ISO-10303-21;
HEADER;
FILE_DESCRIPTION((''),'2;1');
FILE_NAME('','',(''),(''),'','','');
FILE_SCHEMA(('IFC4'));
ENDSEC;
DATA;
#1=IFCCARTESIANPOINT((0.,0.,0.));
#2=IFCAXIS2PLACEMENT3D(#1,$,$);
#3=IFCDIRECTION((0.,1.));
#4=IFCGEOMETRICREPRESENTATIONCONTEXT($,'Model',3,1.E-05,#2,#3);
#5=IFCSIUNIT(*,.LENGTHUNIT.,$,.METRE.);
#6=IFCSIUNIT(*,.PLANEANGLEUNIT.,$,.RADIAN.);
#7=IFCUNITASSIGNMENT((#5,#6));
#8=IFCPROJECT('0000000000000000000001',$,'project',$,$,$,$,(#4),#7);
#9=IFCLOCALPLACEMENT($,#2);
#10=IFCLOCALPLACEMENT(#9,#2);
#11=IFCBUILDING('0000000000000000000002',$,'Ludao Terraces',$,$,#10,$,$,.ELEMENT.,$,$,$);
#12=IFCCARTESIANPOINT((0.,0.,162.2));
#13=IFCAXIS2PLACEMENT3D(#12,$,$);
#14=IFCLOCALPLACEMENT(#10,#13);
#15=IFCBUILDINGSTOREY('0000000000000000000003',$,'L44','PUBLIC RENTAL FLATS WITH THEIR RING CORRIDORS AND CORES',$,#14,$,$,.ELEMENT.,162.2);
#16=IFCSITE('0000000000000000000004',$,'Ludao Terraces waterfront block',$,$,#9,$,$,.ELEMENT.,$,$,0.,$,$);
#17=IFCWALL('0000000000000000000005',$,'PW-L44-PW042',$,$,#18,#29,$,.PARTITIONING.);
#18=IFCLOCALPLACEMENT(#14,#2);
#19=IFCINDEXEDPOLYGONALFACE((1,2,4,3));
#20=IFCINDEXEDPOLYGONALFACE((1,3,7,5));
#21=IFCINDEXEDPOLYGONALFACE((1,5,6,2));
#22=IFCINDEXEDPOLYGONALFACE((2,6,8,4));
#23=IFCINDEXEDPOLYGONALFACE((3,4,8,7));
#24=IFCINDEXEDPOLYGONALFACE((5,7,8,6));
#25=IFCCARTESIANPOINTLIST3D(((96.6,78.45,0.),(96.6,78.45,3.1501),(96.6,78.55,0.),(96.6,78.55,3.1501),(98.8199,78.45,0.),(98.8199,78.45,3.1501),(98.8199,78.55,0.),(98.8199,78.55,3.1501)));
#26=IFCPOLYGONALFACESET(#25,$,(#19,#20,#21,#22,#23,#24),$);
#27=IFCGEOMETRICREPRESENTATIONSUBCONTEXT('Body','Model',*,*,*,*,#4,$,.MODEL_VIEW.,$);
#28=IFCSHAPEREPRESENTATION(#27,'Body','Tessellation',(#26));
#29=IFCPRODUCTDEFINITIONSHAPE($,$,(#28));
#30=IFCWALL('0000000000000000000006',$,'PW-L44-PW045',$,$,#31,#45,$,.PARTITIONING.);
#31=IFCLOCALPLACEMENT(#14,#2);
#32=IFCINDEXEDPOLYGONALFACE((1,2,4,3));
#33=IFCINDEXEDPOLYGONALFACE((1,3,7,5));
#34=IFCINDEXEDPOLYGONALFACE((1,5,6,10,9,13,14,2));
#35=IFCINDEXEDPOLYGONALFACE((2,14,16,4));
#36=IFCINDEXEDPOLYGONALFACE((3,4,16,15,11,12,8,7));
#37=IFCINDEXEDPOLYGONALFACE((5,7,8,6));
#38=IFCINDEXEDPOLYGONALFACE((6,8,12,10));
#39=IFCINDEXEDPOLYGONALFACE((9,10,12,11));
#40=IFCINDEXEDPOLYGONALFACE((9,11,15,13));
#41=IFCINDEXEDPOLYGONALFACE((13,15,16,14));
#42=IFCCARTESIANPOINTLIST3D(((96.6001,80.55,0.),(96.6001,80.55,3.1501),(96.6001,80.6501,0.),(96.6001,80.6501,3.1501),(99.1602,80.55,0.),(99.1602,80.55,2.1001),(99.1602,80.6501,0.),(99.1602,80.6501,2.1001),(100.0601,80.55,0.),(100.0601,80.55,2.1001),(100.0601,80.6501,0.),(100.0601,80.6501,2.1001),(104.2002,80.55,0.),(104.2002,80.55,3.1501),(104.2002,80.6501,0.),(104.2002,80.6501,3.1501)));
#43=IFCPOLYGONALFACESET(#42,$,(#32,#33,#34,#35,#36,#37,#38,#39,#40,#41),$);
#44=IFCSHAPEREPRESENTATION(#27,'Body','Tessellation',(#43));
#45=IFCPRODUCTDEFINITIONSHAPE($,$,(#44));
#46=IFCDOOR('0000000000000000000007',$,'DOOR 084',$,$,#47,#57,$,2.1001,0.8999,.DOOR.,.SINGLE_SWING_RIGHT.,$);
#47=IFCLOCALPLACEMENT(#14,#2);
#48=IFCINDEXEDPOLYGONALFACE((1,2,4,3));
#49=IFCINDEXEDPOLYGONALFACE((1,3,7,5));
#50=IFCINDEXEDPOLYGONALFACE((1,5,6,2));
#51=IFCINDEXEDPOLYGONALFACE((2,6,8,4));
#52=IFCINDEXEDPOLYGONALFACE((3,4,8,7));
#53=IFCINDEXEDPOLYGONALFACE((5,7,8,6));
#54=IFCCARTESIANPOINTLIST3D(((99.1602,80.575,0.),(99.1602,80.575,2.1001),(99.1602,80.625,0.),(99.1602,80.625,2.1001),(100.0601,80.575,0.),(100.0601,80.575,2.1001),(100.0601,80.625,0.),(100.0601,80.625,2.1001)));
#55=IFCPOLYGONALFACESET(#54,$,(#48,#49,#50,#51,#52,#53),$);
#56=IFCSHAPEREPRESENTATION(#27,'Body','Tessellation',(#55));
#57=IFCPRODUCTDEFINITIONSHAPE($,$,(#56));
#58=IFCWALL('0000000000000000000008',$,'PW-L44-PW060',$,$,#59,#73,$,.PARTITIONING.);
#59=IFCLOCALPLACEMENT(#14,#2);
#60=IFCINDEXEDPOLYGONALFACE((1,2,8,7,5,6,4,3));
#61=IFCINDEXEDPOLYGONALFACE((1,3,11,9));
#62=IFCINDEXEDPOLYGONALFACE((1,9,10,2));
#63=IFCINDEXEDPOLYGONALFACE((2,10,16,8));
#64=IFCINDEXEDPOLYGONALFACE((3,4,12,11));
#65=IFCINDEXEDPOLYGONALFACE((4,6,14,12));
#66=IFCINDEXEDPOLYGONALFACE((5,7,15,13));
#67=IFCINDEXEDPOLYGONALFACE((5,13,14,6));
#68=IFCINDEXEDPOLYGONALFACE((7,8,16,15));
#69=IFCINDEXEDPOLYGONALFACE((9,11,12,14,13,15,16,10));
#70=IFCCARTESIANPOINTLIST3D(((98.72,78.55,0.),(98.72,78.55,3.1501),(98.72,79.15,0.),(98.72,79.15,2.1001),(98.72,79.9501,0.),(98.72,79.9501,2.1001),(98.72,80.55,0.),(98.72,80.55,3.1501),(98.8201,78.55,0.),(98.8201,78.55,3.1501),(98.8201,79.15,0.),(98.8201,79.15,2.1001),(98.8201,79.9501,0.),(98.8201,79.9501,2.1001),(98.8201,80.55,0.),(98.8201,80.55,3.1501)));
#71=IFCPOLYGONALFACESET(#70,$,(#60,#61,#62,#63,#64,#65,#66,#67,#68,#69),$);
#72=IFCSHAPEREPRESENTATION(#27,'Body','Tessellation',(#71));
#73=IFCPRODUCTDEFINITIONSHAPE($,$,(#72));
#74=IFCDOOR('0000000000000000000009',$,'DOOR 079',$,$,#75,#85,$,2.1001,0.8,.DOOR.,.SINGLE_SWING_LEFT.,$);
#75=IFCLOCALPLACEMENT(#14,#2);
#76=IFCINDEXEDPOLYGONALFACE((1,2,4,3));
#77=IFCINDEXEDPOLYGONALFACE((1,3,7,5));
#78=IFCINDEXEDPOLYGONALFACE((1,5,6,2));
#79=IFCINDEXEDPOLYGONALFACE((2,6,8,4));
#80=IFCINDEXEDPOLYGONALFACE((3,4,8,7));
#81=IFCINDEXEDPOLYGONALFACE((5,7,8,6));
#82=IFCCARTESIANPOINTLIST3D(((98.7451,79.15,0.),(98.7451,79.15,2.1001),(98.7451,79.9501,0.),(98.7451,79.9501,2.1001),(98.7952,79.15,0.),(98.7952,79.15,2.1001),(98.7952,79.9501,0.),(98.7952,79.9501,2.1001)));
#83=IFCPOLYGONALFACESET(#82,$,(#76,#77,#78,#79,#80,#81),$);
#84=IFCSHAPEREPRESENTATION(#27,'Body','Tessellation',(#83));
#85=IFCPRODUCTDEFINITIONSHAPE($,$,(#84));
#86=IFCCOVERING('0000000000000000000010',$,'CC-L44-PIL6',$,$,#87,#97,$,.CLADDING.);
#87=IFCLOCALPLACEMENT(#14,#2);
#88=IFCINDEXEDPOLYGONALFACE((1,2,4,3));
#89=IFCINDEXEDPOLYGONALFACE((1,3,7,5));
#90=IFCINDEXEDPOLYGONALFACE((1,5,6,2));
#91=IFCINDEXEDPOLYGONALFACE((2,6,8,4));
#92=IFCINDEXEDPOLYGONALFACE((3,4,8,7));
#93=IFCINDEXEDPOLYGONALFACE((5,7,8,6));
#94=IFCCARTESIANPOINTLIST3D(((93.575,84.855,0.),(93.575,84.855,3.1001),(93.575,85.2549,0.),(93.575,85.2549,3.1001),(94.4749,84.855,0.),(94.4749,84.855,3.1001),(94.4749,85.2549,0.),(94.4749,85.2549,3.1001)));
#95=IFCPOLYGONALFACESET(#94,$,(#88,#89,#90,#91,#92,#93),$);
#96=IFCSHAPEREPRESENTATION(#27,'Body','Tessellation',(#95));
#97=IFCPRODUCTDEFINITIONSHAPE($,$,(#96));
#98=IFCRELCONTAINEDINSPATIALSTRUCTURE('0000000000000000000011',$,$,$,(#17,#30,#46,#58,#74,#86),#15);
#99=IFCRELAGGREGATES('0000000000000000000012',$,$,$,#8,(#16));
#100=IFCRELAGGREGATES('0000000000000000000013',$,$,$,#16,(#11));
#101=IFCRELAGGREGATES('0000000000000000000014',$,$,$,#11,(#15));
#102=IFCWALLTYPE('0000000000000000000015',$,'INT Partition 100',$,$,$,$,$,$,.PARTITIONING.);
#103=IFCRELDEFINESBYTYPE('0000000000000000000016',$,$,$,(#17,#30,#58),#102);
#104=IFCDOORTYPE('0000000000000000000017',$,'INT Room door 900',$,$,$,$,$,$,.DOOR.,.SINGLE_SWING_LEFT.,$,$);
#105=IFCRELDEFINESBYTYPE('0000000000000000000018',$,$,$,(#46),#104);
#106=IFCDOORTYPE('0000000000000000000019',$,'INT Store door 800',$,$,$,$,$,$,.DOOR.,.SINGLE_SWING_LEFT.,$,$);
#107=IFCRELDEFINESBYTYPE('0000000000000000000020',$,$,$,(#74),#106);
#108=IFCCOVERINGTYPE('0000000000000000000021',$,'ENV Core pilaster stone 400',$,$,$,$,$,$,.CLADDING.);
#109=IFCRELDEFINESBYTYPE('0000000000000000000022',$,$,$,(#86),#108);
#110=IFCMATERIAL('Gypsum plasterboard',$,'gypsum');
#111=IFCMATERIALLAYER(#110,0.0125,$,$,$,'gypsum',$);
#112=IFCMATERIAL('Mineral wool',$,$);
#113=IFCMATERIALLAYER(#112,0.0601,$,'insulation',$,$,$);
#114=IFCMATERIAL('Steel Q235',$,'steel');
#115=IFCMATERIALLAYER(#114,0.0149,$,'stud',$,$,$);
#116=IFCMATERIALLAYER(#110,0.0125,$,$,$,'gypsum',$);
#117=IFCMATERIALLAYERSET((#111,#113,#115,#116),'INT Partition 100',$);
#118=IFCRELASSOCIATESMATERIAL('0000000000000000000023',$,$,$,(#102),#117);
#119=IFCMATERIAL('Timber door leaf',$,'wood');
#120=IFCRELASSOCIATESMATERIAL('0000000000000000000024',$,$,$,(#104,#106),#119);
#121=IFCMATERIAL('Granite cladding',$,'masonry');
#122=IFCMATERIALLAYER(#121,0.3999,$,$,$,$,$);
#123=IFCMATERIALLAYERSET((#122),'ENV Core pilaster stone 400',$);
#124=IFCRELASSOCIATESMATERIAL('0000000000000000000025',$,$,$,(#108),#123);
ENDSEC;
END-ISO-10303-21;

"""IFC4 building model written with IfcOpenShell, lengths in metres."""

from ifc_helpers import new_model, si_unit, direction, frame, frame_2d, origin, origin_2d, place, context, subcontext, project, spatial, rectangle, extrude, material, layer, layer_set, type_object, element, fill, save


model = new_model("IFC4")

# Units and contexts
model_context = context("Model", 3, precision=1e-05, world=origin(), true_north=direction((0.0, 1.0)))
body_context = subcontext(model_context, "Body", "Model", "MODEL_VIEW")
ifc_project = project(units=[si_unit("LENGTHUNIT", "METRE"), si_unit("PLANEANGLEUNIT", "RADIAN")], contexts=[model_context])

# Site, building, storey
site_placement = place(None, origin())
site = spatial("IfcSite", under=ifc_project, at=site_placement, Name="Ludao Terraces waterfront block", CompositionType="ELEMENT", RefElevation=0.0)
building_placement = place(site_placement, origin())
building = spatial("IfcBuilding", under=site, at=building_placement, Name="Ludao Terraces", CompositionType="ELEMENT")
storey_placement = place(building_placement, frame((0.0, 0.0, 162.2)))
storey = spatial("IfcBuildingStorey", under=building, at=storey_placement, Name="L44", Description="PUBLIC RENTAL FLATS WITH THEIR RING CORRIDORS AND CORES", CompositionType="ELEMENT", Elevation=162.2)

# Shared definitions
ifc_material_1 = material(Name="Steel Q235", Category="steel")

# Shared definitions
ifc_material_2 = material(Name="Granite cladding", Category="masonry")
ifc_material_3 = material(Name="Mineral wool")

# Wall
ifc_material_4 = material(Name="Gypsum plasterboard", Category="gypsum")
ifc_layer_1 = layer(ifc_material_4, 0.0125, Category="gypsum")
ifc_layer_2 = layer(ifc_material_3, 0.0601, Name="insulation")
ifc_layer_3 = layer(ifc_material_1, 0.0149, Name="stud")
ifc_layer_4 = layer(ifc_material_4, 0.0125, Category="gypsum")
ifc_layer_set_1 = layer_set([ifc_layer_1, ifc_layer_2, ifc_layer_3, ifc_layer_4], Name="INT Partition 100")
wall_type_1 = type_object("IfcWallType", Name="INT Partition 100", PredefinedType="PARTITIONING", material=ifc_layer_set_1)
for number, where, z_axis, x_axis, name in (
    (1, (96.6001, 78.5, 0.0), (0.0, 0.0, 1.0), (1.0, 0.0, 0.0), "PW-L44-PW042"),
):
    element("IfcWall", number, at=place(storey_placement, frame(where, z_axis=z_axis, x_axis=x_axis)), inside=storey, type_object=wall_type_1, Name=name, PredefinedType="PARTITIONING", context=body_context, shape_type="SweptSolid", body=[
        extrude(rectangle(XDim=2.22, YDim=0.1001, at=frame_2d((1.1099, 0.0))), origin(), (0.0, 0.0, 1.0), 3.1501),
    ])

# Walls, openings, doors
wall_1_placement = place(storey_placement, frame((96.6001, 80.6001, 0.0), z_axis=(0.0, 0.0, 1.0), x_axis=(1.0, 0.0, 0.0)))
wall_1 = element("IfcWall", 2, at=wall_1_placement, inside=storey, type_object=wall_type_1, Name="PW-L44-PW045", PredefinedType="PARTITIONING", context=body_context, shape_type="SweptSolid", body=[
    extrude(rectangle(XDim=7.6001, YDim=0.1001, at=frame_2d((3.8, 0.0))), origin(), (0.0, 0.0, 1.0), 3.1501),
])
opening_1_placement = place(wall_1_placement, frame((2.5601, 0.0, 0.0)))
opening_1 = element("IfcOpeningElement", 3, at=opening_1_placement, cuts=wall_1, PredefinedType="OPENING", context=body_context, shape_type="SweptSolid", body=[
    extrude(rectangle(XDim=0.8999, YDim=2.1001, at=frame_2d((0.45, 1.05))), frame((0.0, 0.0601, 0.0), z_axis=(0.0, -1.0, 0.0), x_axis=(1.0, 0.0, 0.0)), (0.0, 0.0, 1.0), 0.1201),
])
ifc_material_5 = material(Name="Timber door leaf", Category="wood")
door_type_1 = type_object("IfcDoorType", Name="INT Room door 900", OperationType="SINGLE_SWING_LEFT", PredefinedType="DOOR", material=ifc_material_5)
door_1_placement = place(opening_1_placement, origin())
door_1 = element("IfcDoor", 4, at=door_1_placement, inside=storey, type_object=door_type_1, Name="DOOR 084", OperationType="SINGLE_SWING_RIGHT", OverallHeight=2.1001, OverallWidth=0.8999, PredefinedType="DOOR", context=body_context, shape_type="SweptSolid", body=[
    extrude(rectangle(XDim=0.8999, YDim=2.1001, at=frame_2d((0.45, 1.05))), frame((0.0, 0.0249, 0.0), z_axis=(0.0, -1.0, 0.0), x_axis=(1.0, 0.0, 0.0)), (0.0, 0.0, 1.0), 0.05),
])
fill(opening_1, door_1)
wall_2_placement = place(storey_placement, frame((98.77, 78.55, 0.0), z_axis=(0.0, 0.0, 1.0), x_axis=(0.0, 1.0, 0.0)))
wall_2 = element("IfcWall", 5, at=wall_2_placement, inside=storey, type_object=wall_type_1, Name="PW-L44-PW060", PredefinedType="PARTITIONING", context=body_context, shape_type="SweptSolid", body=[
    extrude(rectangle(XDim=2.0, YDim=0.1001, at=frame_2d((1.0, 0.0))), origin(), (0.0, 0.0, 1.0), 3.1501),
])
opening_2_placement = place(wall_2_placement, frame((0.6001, 0.0, 0.0)))
opening_2 = element("IfcOpeningElement", 6, at=opening_2_placement, cuts=wall_2, PredefinedType="OPENING", context=body_context, shape_type="SweptSolid", body=[
    extrude(rectangle(XDim=0.8, YDim=2.1001, at=frame_2d((0.3999, 1.05))), frame((0.0, 0.0601, 0.0), z_axis=(0.0, -1.0, 0.0), x_axis=(1.0, 0.0, 0.0)), (0.0, 0.0, 1.0), 0.1201),
])
door_type_2 = type_object("IfcDoorType", Name="INT Store door 800", OperationType="SINGLE_SWING_LEFT", PredefinedType="DOOR", material=ifc_material_5)
door_2_placement = place(opening_2_placement, origin())
door_2 = element("IfcDoor", 7, at=door_2_placement, inside=storey, type_object=door_type_2, Name="DOOR 079", OperationType="SINGLE_SWING_LEFT", OverallHeight=2.1001, OverallWidth=0.8, PredefinedType="DOOR", context=body_context, shape_type="SweptSolid", body=[
    extrude(rectangle(XDim=0.8, YDim=2.1001, at=frame_2d((0.3999, 1.05))), frame((0.0, 0.0249, 0.0), z_axis=(0.0, -1.0, 0.0), x_axis=(1.0, 0.0, 0.0)), (0.0, 0.0, 1.0), 0.05),
])
fill(opening_2, door_2)

# Covering
ifc_layer_5 = layer(ifc_material_2, 0.3999)
ifc_layer_set_2 = layer_set([ifc_layer_5], Name="ENV Core pilaster stone 400")
covering_type = type_object("IfcCoveringType", Name="ENV Core pilaster stone 400", PredefinedType="CLADDING", material=ifc_layer_set_2)
covering_placement = place(storey_placement, frame((94.0249, 85.0549, 0.0), z_axis=(0.0, 0.0, 1.0), x_axis=(1.0, 0.0, 0.0)))
element("IfcCovering", 8, at=covering_placement, inside=storey, type_object=covering_type, Name="CC-L44-PIL6", PredefinedType="CLADDING", context=body_context, shape_type="SweptSolid", body=[
    extrude(rectangle(XDim=0.8999, YDim=0.3999, at=origin_2d()), origin(), (0.0, 0.0, 1.0), 3.1001),
])

save(model, "model.ifc")
